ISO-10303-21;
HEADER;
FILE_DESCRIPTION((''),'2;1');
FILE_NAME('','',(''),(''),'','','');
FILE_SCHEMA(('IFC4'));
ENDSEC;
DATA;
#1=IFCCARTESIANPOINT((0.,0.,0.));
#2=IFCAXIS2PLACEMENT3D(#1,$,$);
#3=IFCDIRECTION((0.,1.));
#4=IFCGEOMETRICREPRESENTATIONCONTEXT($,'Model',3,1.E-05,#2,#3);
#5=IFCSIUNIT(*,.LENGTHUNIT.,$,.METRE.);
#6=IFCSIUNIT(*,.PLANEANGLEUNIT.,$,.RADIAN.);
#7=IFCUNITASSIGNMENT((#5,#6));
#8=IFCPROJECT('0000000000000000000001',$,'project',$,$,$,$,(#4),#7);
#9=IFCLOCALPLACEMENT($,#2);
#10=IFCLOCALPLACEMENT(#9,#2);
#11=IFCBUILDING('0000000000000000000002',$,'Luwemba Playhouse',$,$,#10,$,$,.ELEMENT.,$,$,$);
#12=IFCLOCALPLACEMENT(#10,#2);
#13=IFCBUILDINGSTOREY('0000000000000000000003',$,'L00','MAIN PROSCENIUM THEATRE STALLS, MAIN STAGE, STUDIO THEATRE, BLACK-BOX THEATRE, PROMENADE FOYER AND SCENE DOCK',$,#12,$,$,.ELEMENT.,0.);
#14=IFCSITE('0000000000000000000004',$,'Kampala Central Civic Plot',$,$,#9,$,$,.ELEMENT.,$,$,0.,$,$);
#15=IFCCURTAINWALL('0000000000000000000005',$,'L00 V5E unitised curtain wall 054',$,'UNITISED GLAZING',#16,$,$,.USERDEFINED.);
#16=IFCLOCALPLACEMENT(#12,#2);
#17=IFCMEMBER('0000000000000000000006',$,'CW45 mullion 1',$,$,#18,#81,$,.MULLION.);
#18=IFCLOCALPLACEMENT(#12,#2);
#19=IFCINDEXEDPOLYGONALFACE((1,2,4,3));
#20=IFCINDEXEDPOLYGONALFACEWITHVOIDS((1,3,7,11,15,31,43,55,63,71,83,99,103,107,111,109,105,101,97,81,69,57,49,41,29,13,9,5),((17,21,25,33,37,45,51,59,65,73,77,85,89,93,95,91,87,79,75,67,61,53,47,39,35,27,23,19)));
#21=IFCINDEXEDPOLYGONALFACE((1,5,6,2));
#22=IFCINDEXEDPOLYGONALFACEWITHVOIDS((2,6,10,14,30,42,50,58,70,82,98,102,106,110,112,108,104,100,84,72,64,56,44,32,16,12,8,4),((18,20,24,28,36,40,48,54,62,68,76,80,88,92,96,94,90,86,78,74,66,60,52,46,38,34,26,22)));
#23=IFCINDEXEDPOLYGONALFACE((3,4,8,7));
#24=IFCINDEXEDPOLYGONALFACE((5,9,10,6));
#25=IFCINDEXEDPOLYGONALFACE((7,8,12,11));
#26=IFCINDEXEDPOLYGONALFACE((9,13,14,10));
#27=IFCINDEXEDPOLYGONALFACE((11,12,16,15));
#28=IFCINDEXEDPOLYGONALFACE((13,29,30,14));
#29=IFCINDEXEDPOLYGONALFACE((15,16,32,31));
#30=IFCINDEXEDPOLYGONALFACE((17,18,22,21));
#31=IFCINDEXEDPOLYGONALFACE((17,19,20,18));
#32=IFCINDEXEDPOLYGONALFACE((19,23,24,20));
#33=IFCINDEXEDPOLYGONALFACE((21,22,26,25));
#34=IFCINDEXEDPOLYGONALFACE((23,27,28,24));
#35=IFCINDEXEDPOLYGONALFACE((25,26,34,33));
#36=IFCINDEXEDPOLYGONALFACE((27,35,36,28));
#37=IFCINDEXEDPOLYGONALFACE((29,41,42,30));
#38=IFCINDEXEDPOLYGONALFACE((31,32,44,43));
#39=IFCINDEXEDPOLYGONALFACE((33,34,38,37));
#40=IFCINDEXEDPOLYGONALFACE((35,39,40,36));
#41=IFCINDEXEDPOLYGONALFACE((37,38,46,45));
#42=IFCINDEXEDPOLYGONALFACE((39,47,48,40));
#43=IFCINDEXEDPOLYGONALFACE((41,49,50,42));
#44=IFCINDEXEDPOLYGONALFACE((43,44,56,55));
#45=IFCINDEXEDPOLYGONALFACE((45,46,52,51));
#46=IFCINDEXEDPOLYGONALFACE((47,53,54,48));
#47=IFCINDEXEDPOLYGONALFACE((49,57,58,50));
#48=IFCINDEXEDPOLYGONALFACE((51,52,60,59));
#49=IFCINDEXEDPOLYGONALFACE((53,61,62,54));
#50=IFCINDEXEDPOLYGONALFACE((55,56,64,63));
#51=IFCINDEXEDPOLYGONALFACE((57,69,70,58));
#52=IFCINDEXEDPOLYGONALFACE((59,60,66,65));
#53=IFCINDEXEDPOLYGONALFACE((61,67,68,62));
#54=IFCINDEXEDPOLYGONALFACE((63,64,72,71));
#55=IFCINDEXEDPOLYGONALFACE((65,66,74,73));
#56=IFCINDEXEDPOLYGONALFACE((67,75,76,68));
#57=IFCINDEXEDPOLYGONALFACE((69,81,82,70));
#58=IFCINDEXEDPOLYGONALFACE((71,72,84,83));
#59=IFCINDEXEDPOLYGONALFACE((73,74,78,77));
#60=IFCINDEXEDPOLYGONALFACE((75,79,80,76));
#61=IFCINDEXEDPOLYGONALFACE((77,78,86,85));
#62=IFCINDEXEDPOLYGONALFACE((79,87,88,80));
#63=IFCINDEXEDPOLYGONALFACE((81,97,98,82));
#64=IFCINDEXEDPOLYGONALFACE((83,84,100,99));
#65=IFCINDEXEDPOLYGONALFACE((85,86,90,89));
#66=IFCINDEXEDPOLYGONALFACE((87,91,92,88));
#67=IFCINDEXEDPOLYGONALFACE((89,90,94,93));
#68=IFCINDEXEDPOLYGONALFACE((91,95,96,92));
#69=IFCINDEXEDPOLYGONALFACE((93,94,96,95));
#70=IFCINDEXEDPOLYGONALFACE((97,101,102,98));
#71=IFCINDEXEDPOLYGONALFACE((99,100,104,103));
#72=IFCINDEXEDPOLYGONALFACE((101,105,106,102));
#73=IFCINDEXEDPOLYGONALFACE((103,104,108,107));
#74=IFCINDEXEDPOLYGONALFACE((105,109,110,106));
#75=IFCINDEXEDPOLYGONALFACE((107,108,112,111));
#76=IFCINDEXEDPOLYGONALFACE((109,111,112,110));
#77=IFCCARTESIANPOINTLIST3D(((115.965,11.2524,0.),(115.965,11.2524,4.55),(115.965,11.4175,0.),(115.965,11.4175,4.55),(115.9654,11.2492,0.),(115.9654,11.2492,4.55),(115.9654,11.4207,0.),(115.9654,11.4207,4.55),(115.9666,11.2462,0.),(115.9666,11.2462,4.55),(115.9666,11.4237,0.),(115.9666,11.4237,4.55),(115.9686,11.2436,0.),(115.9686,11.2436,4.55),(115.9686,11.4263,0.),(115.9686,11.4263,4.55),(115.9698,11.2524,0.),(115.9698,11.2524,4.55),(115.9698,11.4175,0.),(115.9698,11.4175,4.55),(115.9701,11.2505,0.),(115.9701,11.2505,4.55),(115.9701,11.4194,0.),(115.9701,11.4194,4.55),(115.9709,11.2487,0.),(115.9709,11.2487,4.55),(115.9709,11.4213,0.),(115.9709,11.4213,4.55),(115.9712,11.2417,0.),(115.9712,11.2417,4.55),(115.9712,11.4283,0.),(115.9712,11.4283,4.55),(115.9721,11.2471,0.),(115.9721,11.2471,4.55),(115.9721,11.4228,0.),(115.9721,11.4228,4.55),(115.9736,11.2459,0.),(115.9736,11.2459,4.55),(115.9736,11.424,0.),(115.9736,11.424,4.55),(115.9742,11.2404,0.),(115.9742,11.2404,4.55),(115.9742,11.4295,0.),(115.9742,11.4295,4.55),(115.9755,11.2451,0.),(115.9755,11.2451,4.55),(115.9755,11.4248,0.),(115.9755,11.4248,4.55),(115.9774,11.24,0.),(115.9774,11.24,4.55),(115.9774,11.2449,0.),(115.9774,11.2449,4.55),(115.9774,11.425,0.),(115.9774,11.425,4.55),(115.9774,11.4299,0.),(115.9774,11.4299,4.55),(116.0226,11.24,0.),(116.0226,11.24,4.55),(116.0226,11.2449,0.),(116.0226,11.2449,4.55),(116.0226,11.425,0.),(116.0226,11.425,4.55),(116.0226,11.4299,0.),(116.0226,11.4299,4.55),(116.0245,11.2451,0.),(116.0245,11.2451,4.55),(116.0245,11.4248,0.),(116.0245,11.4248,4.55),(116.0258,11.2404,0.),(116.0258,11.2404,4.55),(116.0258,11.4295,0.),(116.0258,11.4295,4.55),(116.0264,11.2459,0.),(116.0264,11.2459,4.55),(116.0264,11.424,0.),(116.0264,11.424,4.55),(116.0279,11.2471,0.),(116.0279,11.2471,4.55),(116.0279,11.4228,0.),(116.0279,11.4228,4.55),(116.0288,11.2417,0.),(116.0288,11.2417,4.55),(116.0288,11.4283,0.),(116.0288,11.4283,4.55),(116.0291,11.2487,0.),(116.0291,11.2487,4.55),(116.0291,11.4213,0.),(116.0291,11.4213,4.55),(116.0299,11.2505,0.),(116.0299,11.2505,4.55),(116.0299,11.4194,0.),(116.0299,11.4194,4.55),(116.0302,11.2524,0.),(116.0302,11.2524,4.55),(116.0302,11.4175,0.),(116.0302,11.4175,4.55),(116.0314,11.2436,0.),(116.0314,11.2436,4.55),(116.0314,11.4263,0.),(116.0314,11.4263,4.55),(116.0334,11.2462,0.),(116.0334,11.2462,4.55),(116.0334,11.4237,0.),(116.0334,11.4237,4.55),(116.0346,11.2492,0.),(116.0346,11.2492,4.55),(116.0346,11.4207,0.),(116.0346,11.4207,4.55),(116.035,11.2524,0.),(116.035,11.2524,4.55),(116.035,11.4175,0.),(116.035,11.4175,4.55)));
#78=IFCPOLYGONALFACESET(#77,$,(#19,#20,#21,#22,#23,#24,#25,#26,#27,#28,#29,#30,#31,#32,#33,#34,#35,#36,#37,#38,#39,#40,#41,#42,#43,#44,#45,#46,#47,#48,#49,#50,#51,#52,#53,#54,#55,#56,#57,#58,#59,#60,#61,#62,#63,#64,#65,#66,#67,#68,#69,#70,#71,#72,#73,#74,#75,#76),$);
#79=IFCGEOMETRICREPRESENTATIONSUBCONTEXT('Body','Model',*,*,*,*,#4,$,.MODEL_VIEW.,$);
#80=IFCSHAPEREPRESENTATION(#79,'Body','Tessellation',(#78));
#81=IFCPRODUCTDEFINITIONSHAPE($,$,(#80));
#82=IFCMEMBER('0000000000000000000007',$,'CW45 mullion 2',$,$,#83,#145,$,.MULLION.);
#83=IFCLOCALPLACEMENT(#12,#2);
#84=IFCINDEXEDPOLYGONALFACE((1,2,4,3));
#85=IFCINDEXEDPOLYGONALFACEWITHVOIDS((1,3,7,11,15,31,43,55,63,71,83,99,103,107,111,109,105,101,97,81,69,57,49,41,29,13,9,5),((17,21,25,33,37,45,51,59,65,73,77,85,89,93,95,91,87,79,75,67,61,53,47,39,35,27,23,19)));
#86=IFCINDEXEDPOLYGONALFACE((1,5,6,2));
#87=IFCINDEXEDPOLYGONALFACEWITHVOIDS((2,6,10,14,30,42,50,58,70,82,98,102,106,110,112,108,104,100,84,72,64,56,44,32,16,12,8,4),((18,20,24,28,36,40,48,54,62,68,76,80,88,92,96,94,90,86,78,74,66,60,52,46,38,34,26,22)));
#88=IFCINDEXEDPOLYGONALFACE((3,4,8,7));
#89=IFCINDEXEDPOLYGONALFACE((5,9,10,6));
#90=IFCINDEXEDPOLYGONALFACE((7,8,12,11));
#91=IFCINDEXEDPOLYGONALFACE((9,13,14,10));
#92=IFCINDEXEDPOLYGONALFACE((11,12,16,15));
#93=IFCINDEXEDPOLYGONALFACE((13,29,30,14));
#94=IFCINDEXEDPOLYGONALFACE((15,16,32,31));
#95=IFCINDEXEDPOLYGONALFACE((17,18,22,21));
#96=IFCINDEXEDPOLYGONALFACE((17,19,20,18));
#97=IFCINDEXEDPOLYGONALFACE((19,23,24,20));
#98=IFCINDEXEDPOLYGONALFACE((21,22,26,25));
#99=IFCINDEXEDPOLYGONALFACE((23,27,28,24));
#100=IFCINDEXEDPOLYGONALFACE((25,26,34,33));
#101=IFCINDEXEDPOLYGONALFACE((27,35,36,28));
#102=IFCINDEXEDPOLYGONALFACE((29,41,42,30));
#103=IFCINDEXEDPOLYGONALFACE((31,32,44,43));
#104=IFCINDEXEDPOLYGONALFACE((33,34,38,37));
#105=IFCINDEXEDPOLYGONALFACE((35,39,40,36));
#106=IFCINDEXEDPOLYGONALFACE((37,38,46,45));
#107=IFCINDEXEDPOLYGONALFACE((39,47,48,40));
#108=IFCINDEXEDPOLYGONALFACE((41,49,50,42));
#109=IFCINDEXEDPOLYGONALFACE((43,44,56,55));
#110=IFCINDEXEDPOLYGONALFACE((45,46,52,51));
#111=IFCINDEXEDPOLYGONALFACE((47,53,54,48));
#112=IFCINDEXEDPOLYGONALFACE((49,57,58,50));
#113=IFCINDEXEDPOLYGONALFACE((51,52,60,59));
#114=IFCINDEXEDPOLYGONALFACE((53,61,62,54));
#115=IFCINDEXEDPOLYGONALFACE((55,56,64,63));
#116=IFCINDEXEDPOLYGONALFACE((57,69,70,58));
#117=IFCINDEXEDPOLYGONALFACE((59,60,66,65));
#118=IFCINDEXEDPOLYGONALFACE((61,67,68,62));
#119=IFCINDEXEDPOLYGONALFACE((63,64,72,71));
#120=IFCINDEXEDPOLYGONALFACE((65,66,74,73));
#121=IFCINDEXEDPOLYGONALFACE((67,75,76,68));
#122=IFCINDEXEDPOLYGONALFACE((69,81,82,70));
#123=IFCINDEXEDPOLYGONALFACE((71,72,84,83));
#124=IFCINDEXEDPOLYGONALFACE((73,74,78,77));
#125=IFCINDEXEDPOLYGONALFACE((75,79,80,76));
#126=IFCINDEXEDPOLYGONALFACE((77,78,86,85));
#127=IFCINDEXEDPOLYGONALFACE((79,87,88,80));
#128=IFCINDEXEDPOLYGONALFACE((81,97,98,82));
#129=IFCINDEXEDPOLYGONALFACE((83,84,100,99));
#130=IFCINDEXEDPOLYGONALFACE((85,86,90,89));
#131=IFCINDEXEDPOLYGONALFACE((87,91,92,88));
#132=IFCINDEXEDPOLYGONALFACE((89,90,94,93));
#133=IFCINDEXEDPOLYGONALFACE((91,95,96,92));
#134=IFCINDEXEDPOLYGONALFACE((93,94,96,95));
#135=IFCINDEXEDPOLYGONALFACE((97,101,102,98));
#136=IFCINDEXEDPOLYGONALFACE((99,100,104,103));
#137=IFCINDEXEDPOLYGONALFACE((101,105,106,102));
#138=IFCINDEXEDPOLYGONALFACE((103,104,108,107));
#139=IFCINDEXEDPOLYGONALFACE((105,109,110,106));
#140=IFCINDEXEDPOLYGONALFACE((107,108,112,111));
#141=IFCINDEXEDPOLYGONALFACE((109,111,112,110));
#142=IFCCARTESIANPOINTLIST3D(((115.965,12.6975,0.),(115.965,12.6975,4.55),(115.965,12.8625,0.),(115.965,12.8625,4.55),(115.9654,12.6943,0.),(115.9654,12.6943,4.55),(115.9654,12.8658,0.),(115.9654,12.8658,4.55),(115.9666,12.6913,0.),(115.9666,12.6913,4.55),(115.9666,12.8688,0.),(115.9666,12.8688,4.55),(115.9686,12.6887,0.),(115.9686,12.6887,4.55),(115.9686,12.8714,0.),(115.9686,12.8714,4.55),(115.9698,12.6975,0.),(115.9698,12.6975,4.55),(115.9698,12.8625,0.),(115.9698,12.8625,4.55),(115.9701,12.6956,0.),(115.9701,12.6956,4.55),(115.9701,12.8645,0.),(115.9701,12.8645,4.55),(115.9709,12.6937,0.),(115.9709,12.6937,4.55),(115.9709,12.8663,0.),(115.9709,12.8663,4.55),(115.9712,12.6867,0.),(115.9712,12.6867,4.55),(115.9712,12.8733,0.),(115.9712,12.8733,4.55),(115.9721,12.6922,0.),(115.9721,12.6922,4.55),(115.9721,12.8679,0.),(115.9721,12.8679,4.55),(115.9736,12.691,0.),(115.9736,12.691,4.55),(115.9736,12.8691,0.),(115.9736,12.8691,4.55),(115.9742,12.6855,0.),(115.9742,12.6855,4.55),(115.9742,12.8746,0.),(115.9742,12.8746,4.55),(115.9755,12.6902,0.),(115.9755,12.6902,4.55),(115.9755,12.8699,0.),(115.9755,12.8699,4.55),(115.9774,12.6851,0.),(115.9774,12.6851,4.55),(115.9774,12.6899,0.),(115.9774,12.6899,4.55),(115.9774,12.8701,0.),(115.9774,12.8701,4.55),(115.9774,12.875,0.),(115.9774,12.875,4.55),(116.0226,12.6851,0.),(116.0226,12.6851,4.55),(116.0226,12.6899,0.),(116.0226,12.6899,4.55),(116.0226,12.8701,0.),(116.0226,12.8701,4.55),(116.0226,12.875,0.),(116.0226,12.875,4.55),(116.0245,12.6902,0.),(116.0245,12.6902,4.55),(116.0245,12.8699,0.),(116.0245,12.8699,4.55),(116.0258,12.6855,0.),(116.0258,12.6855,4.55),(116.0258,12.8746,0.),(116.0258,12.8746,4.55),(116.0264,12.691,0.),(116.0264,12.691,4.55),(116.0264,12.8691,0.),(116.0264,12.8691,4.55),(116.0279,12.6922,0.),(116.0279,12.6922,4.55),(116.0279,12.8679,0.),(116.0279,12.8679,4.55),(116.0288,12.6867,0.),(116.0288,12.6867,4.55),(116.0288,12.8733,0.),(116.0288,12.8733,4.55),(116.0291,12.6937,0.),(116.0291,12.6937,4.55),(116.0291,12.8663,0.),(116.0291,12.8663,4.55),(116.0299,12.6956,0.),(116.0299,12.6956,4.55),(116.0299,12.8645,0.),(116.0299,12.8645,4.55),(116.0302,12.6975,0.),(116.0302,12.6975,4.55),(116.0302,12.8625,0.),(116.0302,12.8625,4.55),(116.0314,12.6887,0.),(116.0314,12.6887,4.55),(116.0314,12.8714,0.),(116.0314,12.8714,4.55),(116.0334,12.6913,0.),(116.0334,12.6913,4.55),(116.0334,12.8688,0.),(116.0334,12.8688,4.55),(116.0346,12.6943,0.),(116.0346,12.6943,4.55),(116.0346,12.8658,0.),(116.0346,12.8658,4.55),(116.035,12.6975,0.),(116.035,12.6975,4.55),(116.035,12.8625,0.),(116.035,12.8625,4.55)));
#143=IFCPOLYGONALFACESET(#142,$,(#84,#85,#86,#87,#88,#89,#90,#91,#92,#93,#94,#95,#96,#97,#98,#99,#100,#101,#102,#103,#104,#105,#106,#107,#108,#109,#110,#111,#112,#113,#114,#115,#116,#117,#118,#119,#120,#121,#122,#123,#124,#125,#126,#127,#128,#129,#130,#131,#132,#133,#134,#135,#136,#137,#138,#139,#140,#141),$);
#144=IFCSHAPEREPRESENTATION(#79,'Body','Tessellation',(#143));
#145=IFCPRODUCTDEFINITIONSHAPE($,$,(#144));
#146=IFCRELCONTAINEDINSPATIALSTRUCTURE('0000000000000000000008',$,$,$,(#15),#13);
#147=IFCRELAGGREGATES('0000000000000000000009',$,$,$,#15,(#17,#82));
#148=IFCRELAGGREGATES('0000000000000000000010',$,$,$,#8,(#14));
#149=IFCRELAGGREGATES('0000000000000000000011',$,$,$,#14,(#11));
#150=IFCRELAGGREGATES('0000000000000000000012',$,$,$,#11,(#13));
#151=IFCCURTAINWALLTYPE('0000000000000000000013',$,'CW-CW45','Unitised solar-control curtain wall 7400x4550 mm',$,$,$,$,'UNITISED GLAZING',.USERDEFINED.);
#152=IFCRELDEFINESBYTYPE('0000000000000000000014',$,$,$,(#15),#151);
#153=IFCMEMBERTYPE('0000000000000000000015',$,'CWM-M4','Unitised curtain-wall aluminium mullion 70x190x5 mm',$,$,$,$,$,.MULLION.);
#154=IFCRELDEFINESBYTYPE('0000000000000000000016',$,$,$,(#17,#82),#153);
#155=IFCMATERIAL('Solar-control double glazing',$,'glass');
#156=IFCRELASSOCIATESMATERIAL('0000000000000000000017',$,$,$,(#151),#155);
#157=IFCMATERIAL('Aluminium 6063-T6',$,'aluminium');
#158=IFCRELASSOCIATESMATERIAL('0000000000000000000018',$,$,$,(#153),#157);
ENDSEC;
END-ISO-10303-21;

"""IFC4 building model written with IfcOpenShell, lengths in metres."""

from ifc_helpers import new_model, si_unit, direction, frame, origin, origin_2d, place, context, subcontext, project, spatial, hollow_rectangle, extrude, material, material_profile, profile_set, type_object, element, aggregate, save


model = new_model("IFC4")

# Units and contexts
model_context = context("Model", 3, precision=1e-05, world=origin(), true_north=direction((0.0, 1.0)))
body_context = subcontext(model_context, "Body", "Model", "MODEL_VIEW")
ifc_project = project(units=[si_unit("LENGTHUNIT", "METRE"), si_unit("PLANEANGLEUNIT", "RADIAN")], contexts=[model_context])

# Site, building, storey
site_placement = place(None, origin())
site = spatial("IfcSite", under=ifc_project, at=site_placement, Name="Kampala Central Civic Plot", CompositionType="ELEMENT", RefElevation=0.0)
building_placement = place(site_placement, origin())
building = spatial("IfcBuilding", under=site, at=building_placement, Name="Luwemba Playhouse", CompositionType="ELEMENT")
storey_placement = place(building_placement, origin())
storey = spatial("IfcBuildingStorey", under=building, at=storey_placement, Name="L00", Description="MAIN PROSCENIUM THEATRE STALLS, MAIN STAGE, STUDIO THEATRE, BLACK-BOX THEATRE, PROMENADE FOYER AND SCENE DOCK", CompositionType="ELEMENT", Elevation=0.0)

# Curtain wall, members
ifc_material_1 = material(Name="Solar-control double glazing", Category="glass")
ifc_material_2 = material(Name="Aluminium 6063-T6", Category="aluminium")
curtain_wall_type_1 = type_object("IfcCurtainWallType", Name="CW-CW45", Description="Unitised solar-control curtain wall 7400x4550 mm", ElementType="UNITISED GLAZING", PredefinedType="USERDEFINED", material=ifc_material_1)
curtain_wall_1_placement = place(storey_placement, origin())
curtain_wall_1 = element("IfcCurtainWall", 1, at=curtain_wall_1_placement, inside=storey, type_object=curtain_wall_type_1, Name="L00 V5E unitised curtain wall 054", ObjectType="UNITISED GLAZING", PredefinedType="USERDEFINED")
ifc_material_profile_1 = material_profile(ifc_material_2, hollow_rectangle(XDim=0.0701, YDim=0.1899, WallThickness=0.0049, InnerFilletRadius=0.0076, OuterFilletRadius=0.0125, at=origin_2d()))
ifc_profile_set_1 = profile_set([ifc_material_profile_1], Name="Aluminium 6063-T6")
member_type_1 = type_object("IfcMemberType", Name="CWM-M4", Description="Unitised curtain-wall aluminium mullion 70x190x5 mm", PredefinedType="MULLION", material=ifc_profile_set_1)
member_1_placement = place(storey_placement, frame((116.0, 11.335, 0.0), z_axis=(0.0, 0.0, 1.0), x_axis=(-1.0, 0.0, 0.0)))
member_1 = element("IfcMember", 2, at=member_1_placement, type_object=member_type_1, Name="CW45 mullion 1", PredefinedType="MULLION", context=body_context, shape_type="SweptSolid", body=[
    extrude(hollow_rectangle(XDim=0.0701, YDim=0.1899, WallThickness=0.0049, InnerFilletRadius=0.0076, OuterFilletRadius=0.0125, at=origin_2d()), origin(), (0.0, 0.0, 1.0), 4.55),
])
member_2_placement = place(storey_placement, frame((116.0, 12.78, 0.0), z_axis=(0.0, 0.0, 1.0), x_axis=(-1.0, 0.0, 0.0)))
member_2 = element("IfcMember", 3, at=member_2_placement, type_object=member_type_1, Name="CW45 mullion 2", PredefinedType="MULLION", context=body_context, shape_type="SweptSolid", body=[
    extrude(hollow_rectangle(XDim=0.0701, YDim=0.1899, WallThickness=0.0049, InnerFilletRadius=0.0076, OuterFilletRadius=0.0125, at=origin_2d()), origin(), (0.0, 0.0, 1.0), 4.55),
])
aggregate(curtain_wall_1, [member_1, member_2])

save(model, "model.ifc")
